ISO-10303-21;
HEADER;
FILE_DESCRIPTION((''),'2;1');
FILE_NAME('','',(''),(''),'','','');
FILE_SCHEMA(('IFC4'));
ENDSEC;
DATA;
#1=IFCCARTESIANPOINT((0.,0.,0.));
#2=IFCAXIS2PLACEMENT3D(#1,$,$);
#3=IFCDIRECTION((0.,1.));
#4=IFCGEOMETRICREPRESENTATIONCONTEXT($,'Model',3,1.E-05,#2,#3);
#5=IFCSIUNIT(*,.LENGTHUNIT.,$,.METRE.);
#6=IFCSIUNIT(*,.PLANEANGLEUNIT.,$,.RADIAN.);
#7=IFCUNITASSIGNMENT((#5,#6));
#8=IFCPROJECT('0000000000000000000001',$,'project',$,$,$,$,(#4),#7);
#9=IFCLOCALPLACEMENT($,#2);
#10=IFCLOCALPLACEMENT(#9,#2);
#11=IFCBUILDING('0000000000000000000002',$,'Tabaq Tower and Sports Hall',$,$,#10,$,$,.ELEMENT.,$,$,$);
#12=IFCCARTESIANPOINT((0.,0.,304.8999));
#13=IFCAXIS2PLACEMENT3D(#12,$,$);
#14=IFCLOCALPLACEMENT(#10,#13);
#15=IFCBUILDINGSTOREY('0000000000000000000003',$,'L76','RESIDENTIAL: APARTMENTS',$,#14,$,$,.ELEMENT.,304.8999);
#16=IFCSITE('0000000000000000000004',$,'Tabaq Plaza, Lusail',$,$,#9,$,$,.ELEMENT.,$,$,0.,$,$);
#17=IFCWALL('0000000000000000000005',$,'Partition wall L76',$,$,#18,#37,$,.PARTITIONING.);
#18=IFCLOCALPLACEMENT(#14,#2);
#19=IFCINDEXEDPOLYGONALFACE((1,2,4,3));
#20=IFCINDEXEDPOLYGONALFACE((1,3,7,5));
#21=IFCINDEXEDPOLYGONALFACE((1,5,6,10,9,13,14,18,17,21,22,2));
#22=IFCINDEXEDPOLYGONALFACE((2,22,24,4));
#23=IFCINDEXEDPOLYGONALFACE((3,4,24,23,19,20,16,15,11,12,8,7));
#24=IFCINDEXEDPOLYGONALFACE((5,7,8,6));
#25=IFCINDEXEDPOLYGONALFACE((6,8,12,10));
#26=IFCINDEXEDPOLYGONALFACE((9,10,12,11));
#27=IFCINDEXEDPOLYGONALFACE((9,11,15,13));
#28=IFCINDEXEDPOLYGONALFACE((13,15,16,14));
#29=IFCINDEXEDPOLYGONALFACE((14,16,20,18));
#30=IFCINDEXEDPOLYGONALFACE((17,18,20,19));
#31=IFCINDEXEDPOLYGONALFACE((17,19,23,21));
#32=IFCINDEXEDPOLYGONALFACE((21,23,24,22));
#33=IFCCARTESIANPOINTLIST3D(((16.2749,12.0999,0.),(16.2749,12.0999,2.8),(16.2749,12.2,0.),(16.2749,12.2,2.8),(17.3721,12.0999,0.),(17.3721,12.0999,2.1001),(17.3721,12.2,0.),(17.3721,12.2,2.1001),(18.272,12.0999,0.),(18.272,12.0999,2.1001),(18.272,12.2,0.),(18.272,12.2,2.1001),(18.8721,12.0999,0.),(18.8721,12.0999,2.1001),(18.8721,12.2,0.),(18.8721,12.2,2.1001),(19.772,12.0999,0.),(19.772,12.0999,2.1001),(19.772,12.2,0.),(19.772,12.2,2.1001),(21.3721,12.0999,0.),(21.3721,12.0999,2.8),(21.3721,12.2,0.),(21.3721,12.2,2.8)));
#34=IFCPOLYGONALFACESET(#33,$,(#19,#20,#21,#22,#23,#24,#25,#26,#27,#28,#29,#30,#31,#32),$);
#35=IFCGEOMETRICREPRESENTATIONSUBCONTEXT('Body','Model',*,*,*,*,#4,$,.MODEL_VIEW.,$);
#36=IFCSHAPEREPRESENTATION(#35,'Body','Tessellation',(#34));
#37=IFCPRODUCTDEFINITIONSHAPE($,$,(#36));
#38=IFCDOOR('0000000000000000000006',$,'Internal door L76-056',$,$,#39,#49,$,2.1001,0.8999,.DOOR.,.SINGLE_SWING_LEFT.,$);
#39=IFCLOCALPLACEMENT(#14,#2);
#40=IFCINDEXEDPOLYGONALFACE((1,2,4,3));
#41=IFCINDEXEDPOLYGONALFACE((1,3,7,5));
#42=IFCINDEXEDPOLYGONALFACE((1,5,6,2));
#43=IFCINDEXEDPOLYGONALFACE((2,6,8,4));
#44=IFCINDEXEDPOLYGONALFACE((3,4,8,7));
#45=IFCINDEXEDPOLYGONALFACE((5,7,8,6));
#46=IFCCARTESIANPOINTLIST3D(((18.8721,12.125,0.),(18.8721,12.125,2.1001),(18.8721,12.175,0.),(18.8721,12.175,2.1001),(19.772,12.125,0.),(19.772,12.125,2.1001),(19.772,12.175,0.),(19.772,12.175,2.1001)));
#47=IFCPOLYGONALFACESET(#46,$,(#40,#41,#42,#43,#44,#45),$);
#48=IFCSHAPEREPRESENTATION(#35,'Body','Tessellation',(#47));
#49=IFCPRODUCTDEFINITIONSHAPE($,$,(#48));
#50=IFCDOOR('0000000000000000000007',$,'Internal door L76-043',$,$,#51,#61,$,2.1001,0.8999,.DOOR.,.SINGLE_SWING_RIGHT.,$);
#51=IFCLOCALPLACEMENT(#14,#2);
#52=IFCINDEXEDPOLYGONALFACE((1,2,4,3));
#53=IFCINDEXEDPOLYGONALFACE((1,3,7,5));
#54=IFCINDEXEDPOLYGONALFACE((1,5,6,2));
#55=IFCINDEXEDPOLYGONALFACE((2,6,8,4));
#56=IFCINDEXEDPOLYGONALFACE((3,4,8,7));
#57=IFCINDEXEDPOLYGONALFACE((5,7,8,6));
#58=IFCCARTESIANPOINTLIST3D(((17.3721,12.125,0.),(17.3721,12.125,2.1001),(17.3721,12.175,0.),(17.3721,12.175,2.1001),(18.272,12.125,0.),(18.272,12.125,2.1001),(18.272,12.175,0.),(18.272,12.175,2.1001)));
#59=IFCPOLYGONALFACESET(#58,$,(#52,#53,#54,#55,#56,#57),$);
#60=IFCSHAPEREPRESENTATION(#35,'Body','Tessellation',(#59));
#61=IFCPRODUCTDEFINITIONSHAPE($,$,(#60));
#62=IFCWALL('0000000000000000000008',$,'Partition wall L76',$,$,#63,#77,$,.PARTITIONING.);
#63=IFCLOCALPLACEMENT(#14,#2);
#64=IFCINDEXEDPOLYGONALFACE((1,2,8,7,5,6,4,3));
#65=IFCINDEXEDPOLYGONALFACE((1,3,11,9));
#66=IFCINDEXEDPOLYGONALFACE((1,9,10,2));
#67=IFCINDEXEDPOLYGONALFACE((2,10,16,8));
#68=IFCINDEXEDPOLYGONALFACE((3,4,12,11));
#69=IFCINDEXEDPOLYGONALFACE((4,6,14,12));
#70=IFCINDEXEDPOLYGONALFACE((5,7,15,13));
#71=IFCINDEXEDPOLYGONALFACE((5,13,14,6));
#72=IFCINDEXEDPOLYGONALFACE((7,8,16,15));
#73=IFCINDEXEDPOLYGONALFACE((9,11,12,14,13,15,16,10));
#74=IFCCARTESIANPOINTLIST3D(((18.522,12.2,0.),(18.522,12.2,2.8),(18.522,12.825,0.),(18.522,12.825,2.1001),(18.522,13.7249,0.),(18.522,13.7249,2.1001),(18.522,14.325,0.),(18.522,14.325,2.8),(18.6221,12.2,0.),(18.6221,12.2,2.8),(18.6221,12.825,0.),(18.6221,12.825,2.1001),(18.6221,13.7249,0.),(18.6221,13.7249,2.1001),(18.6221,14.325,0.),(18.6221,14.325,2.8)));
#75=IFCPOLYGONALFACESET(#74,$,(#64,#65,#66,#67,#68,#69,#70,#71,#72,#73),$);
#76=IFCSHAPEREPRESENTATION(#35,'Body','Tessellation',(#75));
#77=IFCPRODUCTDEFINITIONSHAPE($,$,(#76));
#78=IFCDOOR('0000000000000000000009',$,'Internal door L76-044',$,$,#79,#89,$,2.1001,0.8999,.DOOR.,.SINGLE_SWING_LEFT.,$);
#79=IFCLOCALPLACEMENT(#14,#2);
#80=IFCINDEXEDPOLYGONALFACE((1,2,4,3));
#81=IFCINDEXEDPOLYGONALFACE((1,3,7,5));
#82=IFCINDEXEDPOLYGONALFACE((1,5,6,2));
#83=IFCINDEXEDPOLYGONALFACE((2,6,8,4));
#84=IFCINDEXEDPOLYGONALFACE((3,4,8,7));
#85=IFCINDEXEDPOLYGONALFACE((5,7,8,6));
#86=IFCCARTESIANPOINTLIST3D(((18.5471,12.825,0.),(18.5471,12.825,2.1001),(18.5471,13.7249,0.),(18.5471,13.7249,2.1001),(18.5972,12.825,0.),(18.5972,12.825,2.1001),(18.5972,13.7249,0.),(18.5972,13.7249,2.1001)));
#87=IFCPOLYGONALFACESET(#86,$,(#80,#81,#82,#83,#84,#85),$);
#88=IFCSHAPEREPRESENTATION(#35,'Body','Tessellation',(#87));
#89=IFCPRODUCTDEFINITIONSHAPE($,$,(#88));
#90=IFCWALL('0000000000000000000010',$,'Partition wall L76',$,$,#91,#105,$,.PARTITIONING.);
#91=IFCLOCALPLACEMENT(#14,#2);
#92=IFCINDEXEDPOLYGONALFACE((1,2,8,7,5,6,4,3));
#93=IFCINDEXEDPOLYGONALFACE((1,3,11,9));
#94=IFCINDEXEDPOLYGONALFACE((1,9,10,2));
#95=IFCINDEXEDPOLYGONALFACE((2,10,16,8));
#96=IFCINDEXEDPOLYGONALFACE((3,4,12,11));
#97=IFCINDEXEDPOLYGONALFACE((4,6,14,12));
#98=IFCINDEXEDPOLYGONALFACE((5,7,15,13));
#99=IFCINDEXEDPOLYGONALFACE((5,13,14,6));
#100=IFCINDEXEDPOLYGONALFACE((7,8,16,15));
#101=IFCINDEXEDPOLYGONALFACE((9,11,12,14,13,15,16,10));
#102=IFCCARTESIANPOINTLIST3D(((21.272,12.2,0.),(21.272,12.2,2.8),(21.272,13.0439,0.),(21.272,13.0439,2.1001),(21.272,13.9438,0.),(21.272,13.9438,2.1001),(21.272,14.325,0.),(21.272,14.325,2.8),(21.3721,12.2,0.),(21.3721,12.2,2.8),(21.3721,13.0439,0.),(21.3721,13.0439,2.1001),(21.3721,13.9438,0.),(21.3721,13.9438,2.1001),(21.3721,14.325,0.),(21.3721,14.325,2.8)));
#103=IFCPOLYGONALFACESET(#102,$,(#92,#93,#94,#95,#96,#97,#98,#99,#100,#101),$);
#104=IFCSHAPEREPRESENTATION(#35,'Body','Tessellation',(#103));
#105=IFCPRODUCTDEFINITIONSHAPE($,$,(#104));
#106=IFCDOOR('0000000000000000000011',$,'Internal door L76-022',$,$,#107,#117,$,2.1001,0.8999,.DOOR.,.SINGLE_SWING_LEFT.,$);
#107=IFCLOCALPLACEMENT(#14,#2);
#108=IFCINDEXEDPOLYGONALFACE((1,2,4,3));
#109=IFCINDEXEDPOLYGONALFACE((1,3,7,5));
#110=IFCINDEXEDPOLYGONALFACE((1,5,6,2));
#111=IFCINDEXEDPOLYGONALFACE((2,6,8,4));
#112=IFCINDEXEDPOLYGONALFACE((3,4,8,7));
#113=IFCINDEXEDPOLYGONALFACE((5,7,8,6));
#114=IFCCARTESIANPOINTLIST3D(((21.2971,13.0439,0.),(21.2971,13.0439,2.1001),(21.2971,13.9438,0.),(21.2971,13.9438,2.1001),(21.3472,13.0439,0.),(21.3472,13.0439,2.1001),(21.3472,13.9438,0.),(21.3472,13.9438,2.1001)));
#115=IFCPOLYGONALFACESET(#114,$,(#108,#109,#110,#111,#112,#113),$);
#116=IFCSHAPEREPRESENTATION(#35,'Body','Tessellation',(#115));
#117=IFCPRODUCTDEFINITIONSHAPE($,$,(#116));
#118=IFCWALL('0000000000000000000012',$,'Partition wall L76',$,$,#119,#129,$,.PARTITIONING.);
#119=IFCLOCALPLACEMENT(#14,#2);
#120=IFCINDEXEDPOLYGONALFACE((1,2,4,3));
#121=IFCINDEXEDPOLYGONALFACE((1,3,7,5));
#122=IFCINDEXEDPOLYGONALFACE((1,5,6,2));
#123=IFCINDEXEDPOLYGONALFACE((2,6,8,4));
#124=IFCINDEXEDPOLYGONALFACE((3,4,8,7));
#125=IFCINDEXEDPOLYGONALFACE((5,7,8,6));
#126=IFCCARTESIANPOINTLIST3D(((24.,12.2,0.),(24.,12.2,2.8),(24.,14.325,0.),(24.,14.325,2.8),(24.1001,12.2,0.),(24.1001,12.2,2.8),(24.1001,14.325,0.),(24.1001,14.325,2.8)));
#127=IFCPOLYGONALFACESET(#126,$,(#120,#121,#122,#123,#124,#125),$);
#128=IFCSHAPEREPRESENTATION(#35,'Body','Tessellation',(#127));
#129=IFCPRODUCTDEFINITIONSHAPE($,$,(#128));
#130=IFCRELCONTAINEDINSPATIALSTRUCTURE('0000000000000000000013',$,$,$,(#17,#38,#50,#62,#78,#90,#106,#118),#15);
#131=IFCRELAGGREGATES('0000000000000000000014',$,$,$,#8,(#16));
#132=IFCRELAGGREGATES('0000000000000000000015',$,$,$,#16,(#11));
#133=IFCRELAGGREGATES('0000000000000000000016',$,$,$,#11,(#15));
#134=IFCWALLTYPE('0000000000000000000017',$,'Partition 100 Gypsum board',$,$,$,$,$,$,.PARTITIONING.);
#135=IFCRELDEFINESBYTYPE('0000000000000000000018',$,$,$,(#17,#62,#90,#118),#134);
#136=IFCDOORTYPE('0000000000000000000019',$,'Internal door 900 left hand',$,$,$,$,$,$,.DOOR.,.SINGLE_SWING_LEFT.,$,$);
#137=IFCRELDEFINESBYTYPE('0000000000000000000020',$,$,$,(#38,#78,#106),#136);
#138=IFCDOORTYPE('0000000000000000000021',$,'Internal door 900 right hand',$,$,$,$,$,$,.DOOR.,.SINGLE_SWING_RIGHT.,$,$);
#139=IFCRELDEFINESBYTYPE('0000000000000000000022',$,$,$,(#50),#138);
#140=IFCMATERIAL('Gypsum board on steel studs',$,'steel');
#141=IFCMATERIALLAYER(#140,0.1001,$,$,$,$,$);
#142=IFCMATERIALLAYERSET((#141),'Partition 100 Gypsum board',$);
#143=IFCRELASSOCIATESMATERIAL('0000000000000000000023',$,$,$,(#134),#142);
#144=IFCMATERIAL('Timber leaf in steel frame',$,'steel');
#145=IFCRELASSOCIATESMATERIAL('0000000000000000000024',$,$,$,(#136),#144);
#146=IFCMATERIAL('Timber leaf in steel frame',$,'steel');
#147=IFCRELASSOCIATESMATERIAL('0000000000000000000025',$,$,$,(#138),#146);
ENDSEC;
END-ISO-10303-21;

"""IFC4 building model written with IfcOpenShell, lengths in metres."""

from ifc_helpers import new_model, si_unit, direction, frame, frame_2d, origin, place, context, subcontext, project, spatial, rectangle, extrude, material, layer, layer_set, type_object, element, fill, save


model = new_model("IFC4")

# Units and contexts
model_context = context("Model", 3, precision=1e-05, world=origin(), true_north=direction((0.0, 1.0)))
body_context = subcontext(model_context, "Body", "Model", "MODEL_VIEW")
ifc_project = project(units=[si_unit("LENGTHUNIT", "METRE"), si_unit("PLANEANGLEUNIT", "RADIAN")], contexts=[model_context])

# Site, building, storey
site_placement = place(None, origin())
site = spatial("IfcSite", under=ifc_project, at=site_placement, Name="Tabaq Plaza, Lusail", CompositionType="ELEMENT", RefElevation=0.0)
building_placement = place(site_placement, origin())
building = spatial("IfcBuilding", under=site, at=building_placement, Name="Tabaq Tower and Sports Hall", CompositionType="ELEMENT")
storey_placement = place(building_placement, frame((0.0, 0.0, 304.8999)))
storey = spatial("IfcBuildingStorey", under=building, at=storey_placement, Name="L76", Description="RESIDENTIAL: APARTMENTS", CompositionType="ELEMENT", Elevation=304.8999)

# Shared definitions
ifc_material_1 = material(Name="Gypsum board on steel studs", Category="steel")
ifc_layer_1 = layer(ifc_material_1, 0.1001)
ifc_layer_set_1 = layer_set([ifc_layer_1], Name="Partition 100 Gypsum board")
wall_type_1 = type_object("IfcWallType", Name="Partition 100 Gypsum board", PredefinedType="PARTITIONING", material=ifc_layer_set_1)

# Wall, openings, doors
wall_1_placement = place(storey_placement, frame((21.3721, 12.1499, 0.0), z_axis=(0.0, 0.0, 1.0), x_axis=(-1.0, 0.0, 0.0)))
wall_1 = element("IfcWall", 1, at=wall_1_placement, inside=storey, type_object=wall_type_1, Name="Partition wall L76", PredefinedType="PARTITIONING", context=body_context, shape_type="SweptSolid", body=[
    extrude(rectangle(XDim=5.0972, YDim=0.1001, at=frame_2d((2.5486, 0.0))), origin(), (0.0, 0.0, 1.0), 2.8),
])
opening_1_placement = place(wall_1_placement, frame((3.1001, 0.0, 0.0)))
opening_1 = element("IfcOpeningElement", 2, at=opening_1_placement, cuts=wall_1, PredefinedType="OPENING", context=body_context, shape_type="SweptSolid", body=[
    extrude(rectangle(XDim=0.8999, YDim=2.1001, at=frame_2d((0.45, 1.05))), frame((0.0, 0.05, 0.0), z_axis=(0.0, -1.0, 0.0), x_axis=(1.0, 0.0, 0.0)), (0.0, 0.0, 1.0), 0.1001),
])
opening_2_placement = place(wall_1_placement, frame((1.6001, 0.0, 0.0)))
opening_2 = element("IfcOpeningElement", 3, at=opening_2_placement, cuts=wall_1, PredefinedType="OPENING", context=body_context, shape_type="SweptSolid", body=[
    extrude(rectangle(XDim=0.8999, YDim=2.1001, at=frame_2d((0.45, 1.05))), frame((0.0, 0.05, 0.0), z_axis=(0.0, -1.0, 0.0), x_axis=(1.0, 0.0, 0.0)), (0.0, 0.0, 1.0), 0.1001),
])
ifc_material_2 = material(Name="Timber leaf in steel frame", Category="steel")
door_type_1 = type_object("IfcDoorType", Name="Internal door 900 left hand", OperationType="SINGLE_SWING_LEFT", PredefinedType="DOOR", material=ifc_material_2)
door_1_placement = place(opening_2_placement, origin())
door_1 = element("IfcDoor", 4, at=door_1_placement, inside=storey, type_object=door_type_1, Name="Internal door L76-056", OperationType="SINGLE_SWING_LEFT", OverallHeight=2.1001, OverallWidth=0.8999, PredefinedType="DOOR", context=body_context, shape_type="SweptSolid", body=[
    extrude(rectangle(XDim=0.8999, YDim=2.1001, at=frame_2d((0.45, 1.05))), frame((0.0, 0.0249, 0.0), z_axis=(0.0, -1.0, 0.0), x_axis=(1.0, 0.0, 0.0)), (0.0, 0.0, 1.0), 0.05),
])
fill(opening_2, door_1)
ifc_material_3 = material(Name="Timber leaf in steel frame", Category="steel")
door_type_2 = type_object("IfcDoorType", Name="Internal door 900 right hand", OperationType="SINGLE_SWING_RIGHT", PredefinedType="DOOR", material=ifc_material_3)
door_2_placement = place(opening_1_placement, origin())
door_2 = element("IfcDoor", 5, at=door_2_placement, inside=storey, type_object=door_type_2, Name="Internal door L76-043", OperationType="SINGLE_SWING_RIGHT", OverallHeight=2.1001, OverallWidth=0.8999, PredefinedType="DOOR", context=body_context, shape_type="SweptSolid", body=[
    extrude(rectangle(XDim=0.8999, YDim=2.1001, at=frame_2d((0.45, 1.05))), frame((0.0, 0.0249, 0.0), z_axis=(0.0, -1.0, 0.0), x_axis=(1.0, 0.0, 0.0)), (0.0, 0.0, 1.0), 0.05),
])
fill(opening_1, door_2)

# Walls, openings, doors
wall_2_placement = place(storey_placement, frame((18.572, 12.2, 0.0), z_axis=(0.0, 0.0, 1.0), x_axis=(0.0, 1.0, 0.0)))
wall_2 = element("IfcWall", 6, at=wall_2_placement, inside=storey, type_object=wall_type_1, Name="Partition wall L76", PredefinedType="PARTITIONING", context=body_context, shape_type="SweptSolid", body=[
    extrude(rectangle(XDim=2.125, YDim=0.1001, at=frame_2d((1.0625, 0.0))), origin(), (0.0, 0.0, 1.0), 2.8),
])
opening_3_placement = place(wall_2_placement, frame((0.625, 0.0, 0.0)))
opening_3 = element("IfcOpeningElement", 7, at=opening_3_placement, cuts=wall_2, PredefinedType="OPENING", context=body_context, shape_type="SweptSolid", body=[
    extrude(rectangle(XDim=0.8999, YDim=2.1001, at=frame_2d((0.45, 1.05))), frame((0.0, 0.05, 0.0), z_axis=(0.0, -1.0, 0.0), x_axis=(1.0, 0.0, 0.0)), (0.0, 0.0, 1.0), 0.1001),
])
door_3_placement = place(opening_3_placement, origin())
door_3 = element("IfcDoor", 8, at=door_3_placement, inside=storey, type_object=door_type_1, Name="Internal door L76-044", OperationType="SINGLE_SWING_LEFT", OverallHeight=2.1001, OverallWidth=0.8999, PredefinedType="DOOR", context=body_context, shape_type="SweptSolid", body=[
    extrude(rectangle(XDim=0.8999, YDim=2.1001, at=frame_2d((0.45, 1.05))), frame((0.0, 0.0249, 0.0), z_axis=(0.0, -1.0, 0.0), x_axis=(1.0, 0.0, 0.0)), (0.0, 0.0, 1.0), 0.05),
])
fill(opening_3, door_3)
wall_3_placement = place(storey_placement, frame((21.322, 12.2, 0.0), z_axis=(0.0, 0.0, 1.0), x_axis=(0.0, 1.0, 0.0)))
wall_3 = element("IfcWall", 9, at=wall_3_placement, inside=storey, type_object=wall_type_1, Name="Partition wall L76", PredefinedType="PARTITIONING", context=body_context, shape_type="SweptSolid", body=[
    extrude(rectangle(XDim=2.125, YDim=0.1001, at=frame_2d((1.0625, 0.0))), origin(), (0.0, 0.0, 1.0), 2.8),
])
opening_4_placement = place(wall_3_placement, frame((0.844, 0.0, 0.0)))
opening_4 = element("IfcOpeningElement", 10, at=opening_4_placement, cuts=wall_3, PredefinedType="OPENING", context=body_context, shape_type="SweptSolid", body=[
    extrude(rectangle(XDim=0.8999, YDim=2.1001, at=frame_2d((0.45, 1.05))), frame((0.0, 0.05, 0.0), z_axis=(0.0, -1.0, 0.0), x_axis=(1.0, 0.0, 0.0)), (0.0, 0.0, 1.0), 0.1001),
])
door_4_placement = place(opening_4_placement, origin())
door_4 = element("IfcDoor", 11, at=door_4_placement, inside=storey, type_object=door_type_1, Name="Internal door L76-022", OperationType="SINGLE_SWING_LEFT", OverallHeight=2.1001, OverallWidth=0.8999, PredefinedType="DOOR", context=body_context, shape_type="SweptSolid", body=[
    extrude(rectangle(XDim=0.8999, YDim=2.1001, at=frame_2d((0.45, 1.05))), frame((0.0, 0.0249, 0.0), z_axis=(0.0, -1.0, 0.0), x_axis=(1.0, 0.0, 0.0)), (0.0, 0.0, 1.0), 0.05),
])
fill(opening_4, door_4)

# Wall
wall_4_placement = place(storey_placement, frame((24.05, 12.2, 0.0), z_axis=(0.0, 0.0, 1.0), x_axis=(0.0, 1.0, 0.0)))
element("IfcWall", 12, at=wall_4_placement, inside=storey, type_object=wall_type_1, Name="Partition wall L76", PredefinedType="PARTITIONING", context=body_context, shape_type="SweptSolid", body=[
    extrude(rectangle(XDim=2.125, YDim=0.1001, at=frame_2d((1.0625, 0.0))), origin(), (0.0, 0.0, 1.0), 2.8),
])

save(model, "model.ifc")
